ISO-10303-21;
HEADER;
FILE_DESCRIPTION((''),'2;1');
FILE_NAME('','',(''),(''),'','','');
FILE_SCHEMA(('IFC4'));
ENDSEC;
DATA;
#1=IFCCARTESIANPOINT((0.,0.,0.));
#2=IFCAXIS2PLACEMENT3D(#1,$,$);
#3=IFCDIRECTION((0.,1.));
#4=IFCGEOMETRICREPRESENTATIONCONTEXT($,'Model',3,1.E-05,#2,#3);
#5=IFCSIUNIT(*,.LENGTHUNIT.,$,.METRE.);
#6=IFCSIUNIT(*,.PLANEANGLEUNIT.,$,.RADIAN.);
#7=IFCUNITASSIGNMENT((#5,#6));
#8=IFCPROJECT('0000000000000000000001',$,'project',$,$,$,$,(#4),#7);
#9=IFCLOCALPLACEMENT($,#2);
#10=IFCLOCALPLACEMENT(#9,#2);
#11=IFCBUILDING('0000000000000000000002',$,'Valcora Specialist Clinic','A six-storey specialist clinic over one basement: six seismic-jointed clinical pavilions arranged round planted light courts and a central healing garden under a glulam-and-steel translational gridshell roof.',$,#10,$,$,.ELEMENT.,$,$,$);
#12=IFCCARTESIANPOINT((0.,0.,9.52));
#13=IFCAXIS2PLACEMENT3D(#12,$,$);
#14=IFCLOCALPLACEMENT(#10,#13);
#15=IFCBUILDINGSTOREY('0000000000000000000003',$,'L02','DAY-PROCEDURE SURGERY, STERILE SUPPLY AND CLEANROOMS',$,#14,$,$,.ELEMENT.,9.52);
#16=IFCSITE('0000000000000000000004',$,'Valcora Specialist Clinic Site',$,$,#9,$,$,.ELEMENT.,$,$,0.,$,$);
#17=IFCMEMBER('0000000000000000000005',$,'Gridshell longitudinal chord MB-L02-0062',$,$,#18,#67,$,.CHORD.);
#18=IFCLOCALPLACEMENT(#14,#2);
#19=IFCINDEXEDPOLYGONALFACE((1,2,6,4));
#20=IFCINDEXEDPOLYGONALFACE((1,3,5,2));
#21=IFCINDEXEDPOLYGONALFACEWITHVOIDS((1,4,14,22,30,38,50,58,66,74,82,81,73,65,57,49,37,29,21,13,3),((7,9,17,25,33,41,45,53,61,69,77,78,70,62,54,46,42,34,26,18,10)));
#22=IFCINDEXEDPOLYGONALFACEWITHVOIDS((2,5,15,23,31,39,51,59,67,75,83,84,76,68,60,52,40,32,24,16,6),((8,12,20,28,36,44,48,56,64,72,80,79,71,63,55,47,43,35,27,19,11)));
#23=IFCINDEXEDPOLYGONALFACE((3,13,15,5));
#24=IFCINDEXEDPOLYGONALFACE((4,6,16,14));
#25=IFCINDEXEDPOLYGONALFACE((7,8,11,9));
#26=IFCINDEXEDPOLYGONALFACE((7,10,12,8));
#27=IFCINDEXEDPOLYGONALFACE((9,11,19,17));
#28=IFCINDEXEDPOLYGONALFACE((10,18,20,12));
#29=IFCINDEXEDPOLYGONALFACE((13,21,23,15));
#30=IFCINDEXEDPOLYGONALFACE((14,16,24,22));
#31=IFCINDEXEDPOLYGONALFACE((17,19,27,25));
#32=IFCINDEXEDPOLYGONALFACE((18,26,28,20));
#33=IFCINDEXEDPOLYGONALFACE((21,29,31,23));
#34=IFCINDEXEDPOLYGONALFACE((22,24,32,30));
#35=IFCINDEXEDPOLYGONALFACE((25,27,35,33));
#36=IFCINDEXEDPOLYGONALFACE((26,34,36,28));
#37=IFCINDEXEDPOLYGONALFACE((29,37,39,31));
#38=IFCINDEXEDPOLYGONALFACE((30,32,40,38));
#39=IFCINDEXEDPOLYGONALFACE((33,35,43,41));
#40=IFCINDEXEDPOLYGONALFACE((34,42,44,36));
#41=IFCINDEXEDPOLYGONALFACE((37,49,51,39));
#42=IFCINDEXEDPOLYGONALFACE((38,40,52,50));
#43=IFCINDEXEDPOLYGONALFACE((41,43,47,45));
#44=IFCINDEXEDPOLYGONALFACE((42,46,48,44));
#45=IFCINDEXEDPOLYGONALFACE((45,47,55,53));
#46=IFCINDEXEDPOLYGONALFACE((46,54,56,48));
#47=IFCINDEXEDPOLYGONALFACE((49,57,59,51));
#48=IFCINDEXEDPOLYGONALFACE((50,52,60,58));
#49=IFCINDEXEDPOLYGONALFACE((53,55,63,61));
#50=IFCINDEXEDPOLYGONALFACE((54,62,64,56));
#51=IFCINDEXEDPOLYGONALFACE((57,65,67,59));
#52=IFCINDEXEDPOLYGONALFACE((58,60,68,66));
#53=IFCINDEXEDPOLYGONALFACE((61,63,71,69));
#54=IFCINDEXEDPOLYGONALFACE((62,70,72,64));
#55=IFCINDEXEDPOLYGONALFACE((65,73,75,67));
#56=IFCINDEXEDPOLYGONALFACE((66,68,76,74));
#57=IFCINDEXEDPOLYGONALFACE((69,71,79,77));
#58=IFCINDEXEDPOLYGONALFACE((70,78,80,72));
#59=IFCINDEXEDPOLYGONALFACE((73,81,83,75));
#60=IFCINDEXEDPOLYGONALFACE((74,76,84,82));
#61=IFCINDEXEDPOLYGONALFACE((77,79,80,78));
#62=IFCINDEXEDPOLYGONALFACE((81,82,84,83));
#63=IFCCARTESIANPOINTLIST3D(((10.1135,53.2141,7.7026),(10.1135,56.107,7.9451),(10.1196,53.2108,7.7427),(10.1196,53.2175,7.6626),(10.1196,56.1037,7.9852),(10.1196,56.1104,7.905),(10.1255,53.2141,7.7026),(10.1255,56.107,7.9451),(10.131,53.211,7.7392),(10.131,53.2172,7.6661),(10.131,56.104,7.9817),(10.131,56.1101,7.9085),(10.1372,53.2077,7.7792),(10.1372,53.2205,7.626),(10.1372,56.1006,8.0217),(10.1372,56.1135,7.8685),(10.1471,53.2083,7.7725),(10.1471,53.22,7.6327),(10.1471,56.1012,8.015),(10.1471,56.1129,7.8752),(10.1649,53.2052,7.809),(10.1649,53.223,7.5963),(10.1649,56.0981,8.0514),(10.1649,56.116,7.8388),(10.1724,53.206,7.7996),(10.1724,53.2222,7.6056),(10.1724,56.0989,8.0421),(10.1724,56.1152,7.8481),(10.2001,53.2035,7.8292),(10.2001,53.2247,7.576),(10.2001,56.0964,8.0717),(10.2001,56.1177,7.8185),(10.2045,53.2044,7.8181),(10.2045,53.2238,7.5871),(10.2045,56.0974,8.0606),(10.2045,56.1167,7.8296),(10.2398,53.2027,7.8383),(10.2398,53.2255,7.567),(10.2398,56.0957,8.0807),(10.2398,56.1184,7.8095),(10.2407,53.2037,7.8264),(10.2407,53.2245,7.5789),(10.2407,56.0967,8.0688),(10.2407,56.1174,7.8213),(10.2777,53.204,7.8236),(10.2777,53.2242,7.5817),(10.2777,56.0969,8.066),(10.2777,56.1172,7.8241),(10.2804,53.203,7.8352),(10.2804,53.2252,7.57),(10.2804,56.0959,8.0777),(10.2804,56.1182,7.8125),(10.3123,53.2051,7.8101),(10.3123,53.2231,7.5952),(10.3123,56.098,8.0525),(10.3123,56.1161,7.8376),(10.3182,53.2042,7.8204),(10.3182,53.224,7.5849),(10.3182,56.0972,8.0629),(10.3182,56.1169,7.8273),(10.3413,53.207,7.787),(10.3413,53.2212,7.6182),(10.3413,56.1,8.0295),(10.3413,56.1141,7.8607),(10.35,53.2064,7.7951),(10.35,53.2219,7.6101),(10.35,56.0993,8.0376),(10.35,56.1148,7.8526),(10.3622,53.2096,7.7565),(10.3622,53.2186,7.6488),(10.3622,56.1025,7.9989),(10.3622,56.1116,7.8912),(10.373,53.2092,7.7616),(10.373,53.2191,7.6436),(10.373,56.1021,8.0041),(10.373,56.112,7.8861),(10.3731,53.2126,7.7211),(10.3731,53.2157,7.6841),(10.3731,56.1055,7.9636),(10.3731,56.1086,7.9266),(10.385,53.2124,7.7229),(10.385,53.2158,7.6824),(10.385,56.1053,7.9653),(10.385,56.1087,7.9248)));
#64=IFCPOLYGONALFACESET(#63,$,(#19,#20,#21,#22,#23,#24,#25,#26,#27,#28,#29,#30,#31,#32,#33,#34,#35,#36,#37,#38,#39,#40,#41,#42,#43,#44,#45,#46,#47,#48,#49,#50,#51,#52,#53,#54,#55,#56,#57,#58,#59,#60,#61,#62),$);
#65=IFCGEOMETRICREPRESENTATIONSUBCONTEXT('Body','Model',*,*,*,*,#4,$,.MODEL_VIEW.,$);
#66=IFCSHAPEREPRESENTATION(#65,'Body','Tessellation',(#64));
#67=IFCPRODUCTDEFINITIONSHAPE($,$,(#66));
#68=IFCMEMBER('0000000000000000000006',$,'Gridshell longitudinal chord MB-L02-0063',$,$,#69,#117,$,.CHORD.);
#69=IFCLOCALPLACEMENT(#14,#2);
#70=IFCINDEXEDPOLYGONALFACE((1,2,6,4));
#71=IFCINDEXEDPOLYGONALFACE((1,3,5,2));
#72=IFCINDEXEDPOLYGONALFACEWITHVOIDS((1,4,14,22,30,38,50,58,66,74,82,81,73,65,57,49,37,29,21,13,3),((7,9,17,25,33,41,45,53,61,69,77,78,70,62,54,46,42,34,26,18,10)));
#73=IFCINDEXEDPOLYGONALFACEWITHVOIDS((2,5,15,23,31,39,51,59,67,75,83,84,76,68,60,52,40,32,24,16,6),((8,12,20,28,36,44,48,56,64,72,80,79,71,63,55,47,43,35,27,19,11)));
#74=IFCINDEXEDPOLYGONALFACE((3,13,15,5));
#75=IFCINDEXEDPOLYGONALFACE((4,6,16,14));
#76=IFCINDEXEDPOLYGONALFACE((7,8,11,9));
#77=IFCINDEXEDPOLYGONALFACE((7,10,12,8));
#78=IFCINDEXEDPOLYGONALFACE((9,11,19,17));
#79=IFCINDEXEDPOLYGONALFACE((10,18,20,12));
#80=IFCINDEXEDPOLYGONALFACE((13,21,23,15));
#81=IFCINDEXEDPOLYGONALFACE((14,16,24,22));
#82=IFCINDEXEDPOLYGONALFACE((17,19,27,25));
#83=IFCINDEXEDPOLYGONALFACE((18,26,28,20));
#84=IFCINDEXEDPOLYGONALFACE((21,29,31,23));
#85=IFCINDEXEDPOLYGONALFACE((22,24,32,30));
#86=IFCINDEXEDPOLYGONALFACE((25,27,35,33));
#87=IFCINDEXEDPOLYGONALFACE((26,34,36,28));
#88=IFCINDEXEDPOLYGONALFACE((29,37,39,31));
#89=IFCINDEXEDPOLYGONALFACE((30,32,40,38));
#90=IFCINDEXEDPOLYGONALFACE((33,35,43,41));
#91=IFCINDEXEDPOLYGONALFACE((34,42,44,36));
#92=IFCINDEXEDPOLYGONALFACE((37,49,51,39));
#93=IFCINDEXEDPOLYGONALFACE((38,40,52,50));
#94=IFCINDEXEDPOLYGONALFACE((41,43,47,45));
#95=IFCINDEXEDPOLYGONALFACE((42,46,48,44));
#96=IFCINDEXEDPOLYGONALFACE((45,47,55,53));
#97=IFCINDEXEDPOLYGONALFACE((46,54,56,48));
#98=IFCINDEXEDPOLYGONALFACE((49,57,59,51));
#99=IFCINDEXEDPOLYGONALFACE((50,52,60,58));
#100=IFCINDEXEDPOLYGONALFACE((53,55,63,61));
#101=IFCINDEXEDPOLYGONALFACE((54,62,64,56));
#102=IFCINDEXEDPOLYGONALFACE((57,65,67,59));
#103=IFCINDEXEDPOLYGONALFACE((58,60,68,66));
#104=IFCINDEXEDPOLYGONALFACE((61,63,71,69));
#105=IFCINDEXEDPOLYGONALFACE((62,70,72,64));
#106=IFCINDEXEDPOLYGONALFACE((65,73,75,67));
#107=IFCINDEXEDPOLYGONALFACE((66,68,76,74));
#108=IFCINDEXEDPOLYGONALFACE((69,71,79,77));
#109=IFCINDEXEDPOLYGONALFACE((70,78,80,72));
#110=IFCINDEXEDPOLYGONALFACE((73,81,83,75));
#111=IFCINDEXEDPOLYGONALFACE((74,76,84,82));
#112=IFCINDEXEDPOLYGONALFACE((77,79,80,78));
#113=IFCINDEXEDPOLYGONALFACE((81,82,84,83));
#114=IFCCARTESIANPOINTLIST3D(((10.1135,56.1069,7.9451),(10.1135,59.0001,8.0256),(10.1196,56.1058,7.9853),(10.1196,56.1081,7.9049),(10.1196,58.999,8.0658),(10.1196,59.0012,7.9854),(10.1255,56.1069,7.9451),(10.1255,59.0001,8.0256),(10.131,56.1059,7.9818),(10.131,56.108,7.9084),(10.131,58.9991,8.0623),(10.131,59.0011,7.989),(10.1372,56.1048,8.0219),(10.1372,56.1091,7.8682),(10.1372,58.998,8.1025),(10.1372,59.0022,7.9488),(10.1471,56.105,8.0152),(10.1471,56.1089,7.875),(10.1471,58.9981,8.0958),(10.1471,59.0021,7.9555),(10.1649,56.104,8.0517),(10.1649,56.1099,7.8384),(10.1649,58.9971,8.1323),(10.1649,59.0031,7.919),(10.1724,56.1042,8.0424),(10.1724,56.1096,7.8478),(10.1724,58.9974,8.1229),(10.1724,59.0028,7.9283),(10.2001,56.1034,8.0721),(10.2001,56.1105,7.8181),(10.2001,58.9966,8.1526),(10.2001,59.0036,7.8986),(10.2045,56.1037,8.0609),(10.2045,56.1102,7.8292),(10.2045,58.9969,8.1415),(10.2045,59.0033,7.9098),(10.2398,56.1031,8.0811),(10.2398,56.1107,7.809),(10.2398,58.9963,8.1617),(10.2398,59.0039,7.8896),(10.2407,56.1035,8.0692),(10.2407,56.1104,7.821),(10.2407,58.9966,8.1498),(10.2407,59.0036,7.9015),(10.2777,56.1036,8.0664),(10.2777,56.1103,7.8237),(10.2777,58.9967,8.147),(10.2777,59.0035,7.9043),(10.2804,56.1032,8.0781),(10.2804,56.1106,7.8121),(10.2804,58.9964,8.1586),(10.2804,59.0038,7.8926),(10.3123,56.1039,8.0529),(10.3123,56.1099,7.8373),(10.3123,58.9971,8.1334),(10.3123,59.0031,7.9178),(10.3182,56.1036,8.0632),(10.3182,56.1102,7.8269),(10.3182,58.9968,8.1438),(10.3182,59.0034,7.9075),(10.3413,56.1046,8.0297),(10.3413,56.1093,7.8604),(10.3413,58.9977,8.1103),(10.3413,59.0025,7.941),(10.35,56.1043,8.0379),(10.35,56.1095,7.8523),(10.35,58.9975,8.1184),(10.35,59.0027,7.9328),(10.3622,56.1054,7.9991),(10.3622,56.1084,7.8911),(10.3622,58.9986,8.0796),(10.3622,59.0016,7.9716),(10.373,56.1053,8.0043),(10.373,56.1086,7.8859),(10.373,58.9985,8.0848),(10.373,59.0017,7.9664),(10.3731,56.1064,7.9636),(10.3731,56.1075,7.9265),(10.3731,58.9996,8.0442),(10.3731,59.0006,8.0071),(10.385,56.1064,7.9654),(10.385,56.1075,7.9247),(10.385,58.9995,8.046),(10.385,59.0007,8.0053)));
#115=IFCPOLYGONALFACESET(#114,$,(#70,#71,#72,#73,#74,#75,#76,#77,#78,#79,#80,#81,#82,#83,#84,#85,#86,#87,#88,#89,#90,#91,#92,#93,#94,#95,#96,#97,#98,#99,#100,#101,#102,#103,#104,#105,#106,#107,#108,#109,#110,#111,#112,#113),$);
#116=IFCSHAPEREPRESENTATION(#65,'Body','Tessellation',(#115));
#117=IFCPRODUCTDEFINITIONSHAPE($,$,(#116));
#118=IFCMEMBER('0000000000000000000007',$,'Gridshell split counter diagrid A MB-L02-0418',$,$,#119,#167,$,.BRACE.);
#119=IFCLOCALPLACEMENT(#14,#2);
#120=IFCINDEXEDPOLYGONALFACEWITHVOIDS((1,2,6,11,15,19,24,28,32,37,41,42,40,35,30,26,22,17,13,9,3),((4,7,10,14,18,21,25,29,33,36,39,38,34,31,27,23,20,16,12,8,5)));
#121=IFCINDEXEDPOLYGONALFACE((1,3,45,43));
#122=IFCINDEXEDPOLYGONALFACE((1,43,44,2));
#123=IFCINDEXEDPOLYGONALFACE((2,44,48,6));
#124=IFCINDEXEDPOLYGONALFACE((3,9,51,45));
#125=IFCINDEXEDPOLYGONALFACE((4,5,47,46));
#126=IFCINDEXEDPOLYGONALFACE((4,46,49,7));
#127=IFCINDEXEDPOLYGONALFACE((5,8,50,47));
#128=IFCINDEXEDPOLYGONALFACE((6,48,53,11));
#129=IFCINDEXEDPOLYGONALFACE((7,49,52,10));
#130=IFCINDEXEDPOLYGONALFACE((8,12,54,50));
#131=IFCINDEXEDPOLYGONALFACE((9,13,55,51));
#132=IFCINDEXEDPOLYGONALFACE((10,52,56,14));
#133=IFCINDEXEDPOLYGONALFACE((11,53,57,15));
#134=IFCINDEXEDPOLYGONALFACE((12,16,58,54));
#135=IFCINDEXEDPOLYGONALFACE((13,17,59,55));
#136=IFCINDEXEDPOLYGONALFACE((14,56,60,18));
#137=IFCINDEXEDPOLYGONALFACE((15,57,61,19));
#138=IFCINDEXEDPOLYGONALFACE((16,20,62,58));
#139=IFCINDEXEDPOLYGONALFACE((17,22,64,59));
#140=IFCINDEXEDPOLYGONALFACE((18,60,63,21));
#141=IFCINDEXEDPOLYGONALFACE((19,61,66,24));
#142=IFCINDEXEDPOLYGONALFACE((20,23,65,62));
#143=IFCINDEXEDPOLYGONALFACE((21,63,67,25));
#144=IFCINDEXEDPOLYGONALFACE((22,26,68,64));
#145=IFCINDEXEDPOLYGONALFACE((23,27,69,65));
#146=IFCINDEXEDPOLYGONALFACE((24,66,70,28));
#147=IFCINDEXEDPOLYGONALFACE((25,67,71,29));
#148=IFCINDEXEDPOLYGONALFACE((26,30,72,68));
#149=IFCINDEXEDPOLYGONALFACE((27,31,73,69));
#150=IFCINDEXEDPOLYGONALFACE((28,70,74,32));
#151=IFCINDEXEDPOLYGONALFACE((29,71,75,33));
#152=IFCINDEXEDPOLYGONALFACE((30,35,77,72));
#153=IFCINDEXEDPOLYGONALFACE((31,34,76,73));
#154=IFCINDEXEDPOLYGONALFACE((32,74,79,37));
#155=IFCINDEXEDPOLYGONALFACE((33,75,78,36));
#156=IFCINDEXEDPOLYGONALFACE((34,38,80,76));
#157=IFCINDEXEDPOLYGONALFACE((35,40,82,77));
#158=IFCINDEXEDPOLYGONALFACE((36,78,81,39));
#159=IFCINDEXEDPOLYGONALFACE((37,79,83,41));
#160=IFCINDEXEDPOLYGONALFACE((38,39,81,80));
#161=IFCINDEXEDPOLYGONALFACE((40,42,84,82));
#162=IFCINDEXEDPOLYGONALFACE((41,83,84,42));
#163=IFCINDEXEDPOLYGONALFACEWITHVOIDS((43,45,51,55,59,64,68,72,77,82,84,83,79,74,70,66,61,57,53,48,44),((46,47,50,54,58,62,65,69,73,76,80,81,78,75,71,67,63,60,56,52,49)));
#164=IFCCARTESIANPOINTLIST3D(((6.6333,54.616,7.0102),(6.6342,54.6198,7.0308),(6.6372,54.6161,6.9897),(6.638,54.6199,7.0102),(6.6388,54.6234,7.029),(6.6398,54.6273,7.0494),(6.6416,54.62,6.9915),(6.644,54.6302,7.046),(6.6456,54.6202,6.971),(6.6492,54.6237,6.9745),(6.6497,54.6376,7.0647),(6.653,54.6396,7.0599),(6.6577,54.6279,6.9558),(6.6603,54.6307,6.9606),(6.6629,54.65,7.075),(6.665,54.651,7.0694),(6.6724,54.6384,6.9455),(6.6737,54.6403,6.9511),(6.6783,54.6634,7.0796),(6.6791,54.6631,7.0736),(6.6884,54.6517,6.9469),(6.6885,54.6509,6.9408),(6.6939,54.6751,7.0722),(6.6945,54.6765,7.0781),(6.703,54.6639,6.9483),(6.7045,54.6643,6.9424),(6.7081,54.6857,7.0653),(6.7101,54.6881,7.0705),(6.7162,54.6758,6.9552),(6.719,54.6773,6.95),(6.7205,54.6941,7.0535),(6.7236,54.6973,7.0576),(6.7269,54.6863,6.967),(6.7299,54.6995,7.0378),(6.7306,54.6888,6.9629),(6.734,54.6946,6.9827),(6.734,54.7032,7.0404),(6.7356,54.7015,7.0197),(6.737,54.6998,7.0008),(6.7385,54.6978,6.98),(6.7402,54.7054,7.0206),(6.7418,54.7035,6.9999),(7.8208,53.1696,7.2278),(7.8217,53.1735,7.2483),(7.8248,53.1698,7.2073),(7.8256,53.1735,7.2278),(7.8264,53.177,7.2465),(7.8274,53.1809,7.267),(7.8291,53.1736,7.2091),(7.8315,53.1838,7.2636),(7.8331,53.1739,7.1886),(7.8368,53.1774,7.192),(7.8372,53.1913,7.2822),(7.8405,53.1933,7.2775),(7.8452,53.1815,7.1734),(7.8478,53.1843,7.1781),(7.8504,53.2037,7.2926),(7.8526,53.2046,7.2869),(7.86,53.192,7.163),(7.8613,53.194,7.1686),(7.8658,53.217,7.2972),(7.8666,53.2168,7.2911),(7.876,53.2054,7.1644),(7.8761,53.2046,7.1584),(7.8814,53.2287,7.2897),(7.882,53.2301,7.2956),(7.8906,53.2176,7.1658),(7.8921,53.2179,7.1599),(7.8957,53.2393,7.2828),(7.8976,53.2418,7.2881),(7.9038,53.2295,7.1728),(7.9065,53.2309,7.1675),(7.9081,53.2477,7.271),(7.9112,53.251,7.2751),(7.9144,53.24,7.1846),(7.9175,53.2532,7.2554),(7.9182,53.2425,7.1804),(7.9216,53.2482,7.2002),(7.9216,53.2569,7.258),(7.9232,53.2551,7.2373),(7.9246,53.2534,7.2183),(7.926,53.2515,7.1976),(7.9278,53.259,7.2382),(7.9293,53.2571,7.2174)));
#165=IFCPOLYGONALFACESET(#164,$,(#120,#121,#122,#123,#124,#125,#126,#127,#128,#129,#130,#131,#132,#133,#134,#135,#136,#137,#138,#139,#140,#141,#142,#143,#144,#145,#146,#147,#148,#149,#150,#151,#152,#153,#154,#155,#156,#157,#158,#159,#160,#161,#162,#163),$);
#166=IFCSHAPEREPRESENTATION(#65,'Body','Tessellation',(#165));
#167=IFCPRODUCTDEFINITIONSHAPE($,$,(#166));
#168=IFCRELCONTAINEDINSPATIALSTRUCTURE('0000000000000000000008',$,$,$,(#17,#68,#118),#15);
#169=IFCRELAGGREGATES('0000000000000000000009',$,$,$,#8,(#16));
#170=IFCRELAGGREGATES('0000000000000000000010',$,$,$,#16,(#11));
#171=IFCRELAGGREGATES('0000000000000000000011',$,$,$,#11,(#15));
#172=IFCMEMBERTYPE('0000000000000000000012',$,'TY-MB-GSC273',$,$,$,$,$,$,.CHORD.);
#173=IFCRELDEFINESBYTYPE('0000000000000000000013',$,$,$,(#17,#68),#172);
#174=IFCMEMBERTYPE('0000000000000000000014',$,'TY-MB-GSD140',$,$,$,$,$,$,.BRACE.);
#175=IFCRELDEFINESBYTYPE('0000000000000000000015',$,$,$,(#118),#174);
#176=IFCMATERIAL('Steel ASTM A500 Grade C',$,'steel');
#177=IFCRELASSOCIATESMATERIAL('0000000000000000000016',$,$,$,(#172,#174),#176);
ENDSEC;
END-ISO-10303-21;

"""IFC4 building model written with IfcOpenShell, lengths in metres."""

from ifc_helpers import new_model, si_unit, direction, frame, origin, origin_2d, place, context, subcontext, project, spatial, hollow_circle, extrude, material, material_profile, profile_set, type_object, element, save


model = new_model("IFC4")

# Units and contexts
model_context = context("Model", 3, precision=1e-05, world=origin(), true_north=direction((0.0, 1.0)))
body_context = subcontext(model_context, "Body", "Model", "MODEL_VIEW")
ifc_project = project(units=[si_unit("LENGTHUNIT", "METRE"), si_unit("PLANEANGLEUNIT", "RADIAN")], contexts=[model_context])

# Site, building, storey
site_placement = place(None, origin())
site = spatial("IfcSite", under=ifc_project, at=site_placement, Name="Valcora Specialist Clinic Site", CompositionType="ELEMENT", RefElevation=0.0)
building_placement = place(site_placement, origin())
building = spatial("IfcBuilding", under=site, at=building_placement, Name="Valcora Specialist Clinic", Description="A six-storey specialist clinic over one basement: six seismic-jointed clinical pavilions arranged round planted light courts and a central healing garden under a glulam-and-steel translational gridshell roof.", CompositionType="ELEMENT")
storey_placement = place(building_placement, frame((0.0, 0.0, 9.52)))
storey = spatial("IfcBuildingStorey", under=building, at=storey_placement, Name="L02", Description="DAY-PROCEDURE SURGERY, STERILE SUPPLY AND CLEANROOMS", CompositionType="ELEMENT", Elevation=9.52)

# Members
ifc_material_1 = material(Name="Steel ASTM A500 Grade C", Category="steel")
ifc_material_profile_1 = material_profile(ifc_material_1, hollow_circle(Radius=0.1365, WallThickness=0.012, at=origin_2d()), Name="ST-CHS-273X12")
ifc_profile_set_1 = profile_set([ifc_material_profile_1], Name="Steel ASTM A500 Grade C")
member_type_1 = type_object("IfcMemberType", Name="TY-MB-GSC273", PredefinedType="CHORD", material=ifc_profile_set_1)
member_1_placement = place(storey_placement, frame((10.25, 53.2141, 7.7026), z_axis=(0.0, 0.996507, 0.083512), x_axis=(-1.0, 0.0, 0.0)))
element("IfcMember", 1, at=member_1_placement, inside=storey, type_object=member_type_1, Name="Gridshell longitudinal chord MB-L02-0062", PredefinedType="CHORD", context=body_context, shape_type="SweptSolid", body=[
    extrude(hollow_circle(Radius=0.1365, WallThickness=0.012, at=origin_2d()), origin(), (0.0, 0.0, 1.0), 2.9031),
])
member_2_placement = place(storey_placement, frame((10.25, 56.1069, 7.9451), z_axis=(0.0, 0.999612, 0.027837), x_axis=(-1.0, 0.0, 0.0)))
element("IfcMember", 2, at=member_2_placement, inside=storey, type_object=member_type_1, Name="Gridshell longitudinal chord MB-L02-0063", PredefinedType="CHORD", context=body_context, shape_type="SweptSolid", body=[
    extrude(hollow_circle(Radius=0.1365, WallThickness=0.012, at=origin_2d()), origin(), (0.0, 0.0, 1.0), 2.8943),
])
ifc_material_profile_2 = material_profile(ifc_material_1, hollow_circle(Radius=0.0701, WallThickness=0.0061, at=origin_2d()), Name="ST-CHS-140X6")
ifc_profile_set_2 = profile_set([ifc_material_profile_2], Name="Steel ASTM A500 Grade C")
member_type_2 = type_object("IfcMemberType", Name="TY-MB-GSD140", PredefinedType="BRACE", material=ifc_profile_set_2)
member_3_placement = place(storey_placement, frame((7.875, 53.2141, 7.2278), z_axis=(-0.630328, 0.767694, -0.115465), x_axis=(-0.772863, -0.634572, 0.0)))
element("IfcMember", 3, at=member_3_placement, inside=storey, type_object=member_type_2, Name="Gridshell split counter diagrid A MB-L02-0418", PredefinedType="BRACE", context=body_context, shape_type="SweptSolid", body=[
    extrude(hollow_circle(Radius=0.0701, WallThickness=0.0061, at=origin_2d()), origin(), (0.0, 0.0, 1.0), 1.884),
])

save(model, "model.ifc")
